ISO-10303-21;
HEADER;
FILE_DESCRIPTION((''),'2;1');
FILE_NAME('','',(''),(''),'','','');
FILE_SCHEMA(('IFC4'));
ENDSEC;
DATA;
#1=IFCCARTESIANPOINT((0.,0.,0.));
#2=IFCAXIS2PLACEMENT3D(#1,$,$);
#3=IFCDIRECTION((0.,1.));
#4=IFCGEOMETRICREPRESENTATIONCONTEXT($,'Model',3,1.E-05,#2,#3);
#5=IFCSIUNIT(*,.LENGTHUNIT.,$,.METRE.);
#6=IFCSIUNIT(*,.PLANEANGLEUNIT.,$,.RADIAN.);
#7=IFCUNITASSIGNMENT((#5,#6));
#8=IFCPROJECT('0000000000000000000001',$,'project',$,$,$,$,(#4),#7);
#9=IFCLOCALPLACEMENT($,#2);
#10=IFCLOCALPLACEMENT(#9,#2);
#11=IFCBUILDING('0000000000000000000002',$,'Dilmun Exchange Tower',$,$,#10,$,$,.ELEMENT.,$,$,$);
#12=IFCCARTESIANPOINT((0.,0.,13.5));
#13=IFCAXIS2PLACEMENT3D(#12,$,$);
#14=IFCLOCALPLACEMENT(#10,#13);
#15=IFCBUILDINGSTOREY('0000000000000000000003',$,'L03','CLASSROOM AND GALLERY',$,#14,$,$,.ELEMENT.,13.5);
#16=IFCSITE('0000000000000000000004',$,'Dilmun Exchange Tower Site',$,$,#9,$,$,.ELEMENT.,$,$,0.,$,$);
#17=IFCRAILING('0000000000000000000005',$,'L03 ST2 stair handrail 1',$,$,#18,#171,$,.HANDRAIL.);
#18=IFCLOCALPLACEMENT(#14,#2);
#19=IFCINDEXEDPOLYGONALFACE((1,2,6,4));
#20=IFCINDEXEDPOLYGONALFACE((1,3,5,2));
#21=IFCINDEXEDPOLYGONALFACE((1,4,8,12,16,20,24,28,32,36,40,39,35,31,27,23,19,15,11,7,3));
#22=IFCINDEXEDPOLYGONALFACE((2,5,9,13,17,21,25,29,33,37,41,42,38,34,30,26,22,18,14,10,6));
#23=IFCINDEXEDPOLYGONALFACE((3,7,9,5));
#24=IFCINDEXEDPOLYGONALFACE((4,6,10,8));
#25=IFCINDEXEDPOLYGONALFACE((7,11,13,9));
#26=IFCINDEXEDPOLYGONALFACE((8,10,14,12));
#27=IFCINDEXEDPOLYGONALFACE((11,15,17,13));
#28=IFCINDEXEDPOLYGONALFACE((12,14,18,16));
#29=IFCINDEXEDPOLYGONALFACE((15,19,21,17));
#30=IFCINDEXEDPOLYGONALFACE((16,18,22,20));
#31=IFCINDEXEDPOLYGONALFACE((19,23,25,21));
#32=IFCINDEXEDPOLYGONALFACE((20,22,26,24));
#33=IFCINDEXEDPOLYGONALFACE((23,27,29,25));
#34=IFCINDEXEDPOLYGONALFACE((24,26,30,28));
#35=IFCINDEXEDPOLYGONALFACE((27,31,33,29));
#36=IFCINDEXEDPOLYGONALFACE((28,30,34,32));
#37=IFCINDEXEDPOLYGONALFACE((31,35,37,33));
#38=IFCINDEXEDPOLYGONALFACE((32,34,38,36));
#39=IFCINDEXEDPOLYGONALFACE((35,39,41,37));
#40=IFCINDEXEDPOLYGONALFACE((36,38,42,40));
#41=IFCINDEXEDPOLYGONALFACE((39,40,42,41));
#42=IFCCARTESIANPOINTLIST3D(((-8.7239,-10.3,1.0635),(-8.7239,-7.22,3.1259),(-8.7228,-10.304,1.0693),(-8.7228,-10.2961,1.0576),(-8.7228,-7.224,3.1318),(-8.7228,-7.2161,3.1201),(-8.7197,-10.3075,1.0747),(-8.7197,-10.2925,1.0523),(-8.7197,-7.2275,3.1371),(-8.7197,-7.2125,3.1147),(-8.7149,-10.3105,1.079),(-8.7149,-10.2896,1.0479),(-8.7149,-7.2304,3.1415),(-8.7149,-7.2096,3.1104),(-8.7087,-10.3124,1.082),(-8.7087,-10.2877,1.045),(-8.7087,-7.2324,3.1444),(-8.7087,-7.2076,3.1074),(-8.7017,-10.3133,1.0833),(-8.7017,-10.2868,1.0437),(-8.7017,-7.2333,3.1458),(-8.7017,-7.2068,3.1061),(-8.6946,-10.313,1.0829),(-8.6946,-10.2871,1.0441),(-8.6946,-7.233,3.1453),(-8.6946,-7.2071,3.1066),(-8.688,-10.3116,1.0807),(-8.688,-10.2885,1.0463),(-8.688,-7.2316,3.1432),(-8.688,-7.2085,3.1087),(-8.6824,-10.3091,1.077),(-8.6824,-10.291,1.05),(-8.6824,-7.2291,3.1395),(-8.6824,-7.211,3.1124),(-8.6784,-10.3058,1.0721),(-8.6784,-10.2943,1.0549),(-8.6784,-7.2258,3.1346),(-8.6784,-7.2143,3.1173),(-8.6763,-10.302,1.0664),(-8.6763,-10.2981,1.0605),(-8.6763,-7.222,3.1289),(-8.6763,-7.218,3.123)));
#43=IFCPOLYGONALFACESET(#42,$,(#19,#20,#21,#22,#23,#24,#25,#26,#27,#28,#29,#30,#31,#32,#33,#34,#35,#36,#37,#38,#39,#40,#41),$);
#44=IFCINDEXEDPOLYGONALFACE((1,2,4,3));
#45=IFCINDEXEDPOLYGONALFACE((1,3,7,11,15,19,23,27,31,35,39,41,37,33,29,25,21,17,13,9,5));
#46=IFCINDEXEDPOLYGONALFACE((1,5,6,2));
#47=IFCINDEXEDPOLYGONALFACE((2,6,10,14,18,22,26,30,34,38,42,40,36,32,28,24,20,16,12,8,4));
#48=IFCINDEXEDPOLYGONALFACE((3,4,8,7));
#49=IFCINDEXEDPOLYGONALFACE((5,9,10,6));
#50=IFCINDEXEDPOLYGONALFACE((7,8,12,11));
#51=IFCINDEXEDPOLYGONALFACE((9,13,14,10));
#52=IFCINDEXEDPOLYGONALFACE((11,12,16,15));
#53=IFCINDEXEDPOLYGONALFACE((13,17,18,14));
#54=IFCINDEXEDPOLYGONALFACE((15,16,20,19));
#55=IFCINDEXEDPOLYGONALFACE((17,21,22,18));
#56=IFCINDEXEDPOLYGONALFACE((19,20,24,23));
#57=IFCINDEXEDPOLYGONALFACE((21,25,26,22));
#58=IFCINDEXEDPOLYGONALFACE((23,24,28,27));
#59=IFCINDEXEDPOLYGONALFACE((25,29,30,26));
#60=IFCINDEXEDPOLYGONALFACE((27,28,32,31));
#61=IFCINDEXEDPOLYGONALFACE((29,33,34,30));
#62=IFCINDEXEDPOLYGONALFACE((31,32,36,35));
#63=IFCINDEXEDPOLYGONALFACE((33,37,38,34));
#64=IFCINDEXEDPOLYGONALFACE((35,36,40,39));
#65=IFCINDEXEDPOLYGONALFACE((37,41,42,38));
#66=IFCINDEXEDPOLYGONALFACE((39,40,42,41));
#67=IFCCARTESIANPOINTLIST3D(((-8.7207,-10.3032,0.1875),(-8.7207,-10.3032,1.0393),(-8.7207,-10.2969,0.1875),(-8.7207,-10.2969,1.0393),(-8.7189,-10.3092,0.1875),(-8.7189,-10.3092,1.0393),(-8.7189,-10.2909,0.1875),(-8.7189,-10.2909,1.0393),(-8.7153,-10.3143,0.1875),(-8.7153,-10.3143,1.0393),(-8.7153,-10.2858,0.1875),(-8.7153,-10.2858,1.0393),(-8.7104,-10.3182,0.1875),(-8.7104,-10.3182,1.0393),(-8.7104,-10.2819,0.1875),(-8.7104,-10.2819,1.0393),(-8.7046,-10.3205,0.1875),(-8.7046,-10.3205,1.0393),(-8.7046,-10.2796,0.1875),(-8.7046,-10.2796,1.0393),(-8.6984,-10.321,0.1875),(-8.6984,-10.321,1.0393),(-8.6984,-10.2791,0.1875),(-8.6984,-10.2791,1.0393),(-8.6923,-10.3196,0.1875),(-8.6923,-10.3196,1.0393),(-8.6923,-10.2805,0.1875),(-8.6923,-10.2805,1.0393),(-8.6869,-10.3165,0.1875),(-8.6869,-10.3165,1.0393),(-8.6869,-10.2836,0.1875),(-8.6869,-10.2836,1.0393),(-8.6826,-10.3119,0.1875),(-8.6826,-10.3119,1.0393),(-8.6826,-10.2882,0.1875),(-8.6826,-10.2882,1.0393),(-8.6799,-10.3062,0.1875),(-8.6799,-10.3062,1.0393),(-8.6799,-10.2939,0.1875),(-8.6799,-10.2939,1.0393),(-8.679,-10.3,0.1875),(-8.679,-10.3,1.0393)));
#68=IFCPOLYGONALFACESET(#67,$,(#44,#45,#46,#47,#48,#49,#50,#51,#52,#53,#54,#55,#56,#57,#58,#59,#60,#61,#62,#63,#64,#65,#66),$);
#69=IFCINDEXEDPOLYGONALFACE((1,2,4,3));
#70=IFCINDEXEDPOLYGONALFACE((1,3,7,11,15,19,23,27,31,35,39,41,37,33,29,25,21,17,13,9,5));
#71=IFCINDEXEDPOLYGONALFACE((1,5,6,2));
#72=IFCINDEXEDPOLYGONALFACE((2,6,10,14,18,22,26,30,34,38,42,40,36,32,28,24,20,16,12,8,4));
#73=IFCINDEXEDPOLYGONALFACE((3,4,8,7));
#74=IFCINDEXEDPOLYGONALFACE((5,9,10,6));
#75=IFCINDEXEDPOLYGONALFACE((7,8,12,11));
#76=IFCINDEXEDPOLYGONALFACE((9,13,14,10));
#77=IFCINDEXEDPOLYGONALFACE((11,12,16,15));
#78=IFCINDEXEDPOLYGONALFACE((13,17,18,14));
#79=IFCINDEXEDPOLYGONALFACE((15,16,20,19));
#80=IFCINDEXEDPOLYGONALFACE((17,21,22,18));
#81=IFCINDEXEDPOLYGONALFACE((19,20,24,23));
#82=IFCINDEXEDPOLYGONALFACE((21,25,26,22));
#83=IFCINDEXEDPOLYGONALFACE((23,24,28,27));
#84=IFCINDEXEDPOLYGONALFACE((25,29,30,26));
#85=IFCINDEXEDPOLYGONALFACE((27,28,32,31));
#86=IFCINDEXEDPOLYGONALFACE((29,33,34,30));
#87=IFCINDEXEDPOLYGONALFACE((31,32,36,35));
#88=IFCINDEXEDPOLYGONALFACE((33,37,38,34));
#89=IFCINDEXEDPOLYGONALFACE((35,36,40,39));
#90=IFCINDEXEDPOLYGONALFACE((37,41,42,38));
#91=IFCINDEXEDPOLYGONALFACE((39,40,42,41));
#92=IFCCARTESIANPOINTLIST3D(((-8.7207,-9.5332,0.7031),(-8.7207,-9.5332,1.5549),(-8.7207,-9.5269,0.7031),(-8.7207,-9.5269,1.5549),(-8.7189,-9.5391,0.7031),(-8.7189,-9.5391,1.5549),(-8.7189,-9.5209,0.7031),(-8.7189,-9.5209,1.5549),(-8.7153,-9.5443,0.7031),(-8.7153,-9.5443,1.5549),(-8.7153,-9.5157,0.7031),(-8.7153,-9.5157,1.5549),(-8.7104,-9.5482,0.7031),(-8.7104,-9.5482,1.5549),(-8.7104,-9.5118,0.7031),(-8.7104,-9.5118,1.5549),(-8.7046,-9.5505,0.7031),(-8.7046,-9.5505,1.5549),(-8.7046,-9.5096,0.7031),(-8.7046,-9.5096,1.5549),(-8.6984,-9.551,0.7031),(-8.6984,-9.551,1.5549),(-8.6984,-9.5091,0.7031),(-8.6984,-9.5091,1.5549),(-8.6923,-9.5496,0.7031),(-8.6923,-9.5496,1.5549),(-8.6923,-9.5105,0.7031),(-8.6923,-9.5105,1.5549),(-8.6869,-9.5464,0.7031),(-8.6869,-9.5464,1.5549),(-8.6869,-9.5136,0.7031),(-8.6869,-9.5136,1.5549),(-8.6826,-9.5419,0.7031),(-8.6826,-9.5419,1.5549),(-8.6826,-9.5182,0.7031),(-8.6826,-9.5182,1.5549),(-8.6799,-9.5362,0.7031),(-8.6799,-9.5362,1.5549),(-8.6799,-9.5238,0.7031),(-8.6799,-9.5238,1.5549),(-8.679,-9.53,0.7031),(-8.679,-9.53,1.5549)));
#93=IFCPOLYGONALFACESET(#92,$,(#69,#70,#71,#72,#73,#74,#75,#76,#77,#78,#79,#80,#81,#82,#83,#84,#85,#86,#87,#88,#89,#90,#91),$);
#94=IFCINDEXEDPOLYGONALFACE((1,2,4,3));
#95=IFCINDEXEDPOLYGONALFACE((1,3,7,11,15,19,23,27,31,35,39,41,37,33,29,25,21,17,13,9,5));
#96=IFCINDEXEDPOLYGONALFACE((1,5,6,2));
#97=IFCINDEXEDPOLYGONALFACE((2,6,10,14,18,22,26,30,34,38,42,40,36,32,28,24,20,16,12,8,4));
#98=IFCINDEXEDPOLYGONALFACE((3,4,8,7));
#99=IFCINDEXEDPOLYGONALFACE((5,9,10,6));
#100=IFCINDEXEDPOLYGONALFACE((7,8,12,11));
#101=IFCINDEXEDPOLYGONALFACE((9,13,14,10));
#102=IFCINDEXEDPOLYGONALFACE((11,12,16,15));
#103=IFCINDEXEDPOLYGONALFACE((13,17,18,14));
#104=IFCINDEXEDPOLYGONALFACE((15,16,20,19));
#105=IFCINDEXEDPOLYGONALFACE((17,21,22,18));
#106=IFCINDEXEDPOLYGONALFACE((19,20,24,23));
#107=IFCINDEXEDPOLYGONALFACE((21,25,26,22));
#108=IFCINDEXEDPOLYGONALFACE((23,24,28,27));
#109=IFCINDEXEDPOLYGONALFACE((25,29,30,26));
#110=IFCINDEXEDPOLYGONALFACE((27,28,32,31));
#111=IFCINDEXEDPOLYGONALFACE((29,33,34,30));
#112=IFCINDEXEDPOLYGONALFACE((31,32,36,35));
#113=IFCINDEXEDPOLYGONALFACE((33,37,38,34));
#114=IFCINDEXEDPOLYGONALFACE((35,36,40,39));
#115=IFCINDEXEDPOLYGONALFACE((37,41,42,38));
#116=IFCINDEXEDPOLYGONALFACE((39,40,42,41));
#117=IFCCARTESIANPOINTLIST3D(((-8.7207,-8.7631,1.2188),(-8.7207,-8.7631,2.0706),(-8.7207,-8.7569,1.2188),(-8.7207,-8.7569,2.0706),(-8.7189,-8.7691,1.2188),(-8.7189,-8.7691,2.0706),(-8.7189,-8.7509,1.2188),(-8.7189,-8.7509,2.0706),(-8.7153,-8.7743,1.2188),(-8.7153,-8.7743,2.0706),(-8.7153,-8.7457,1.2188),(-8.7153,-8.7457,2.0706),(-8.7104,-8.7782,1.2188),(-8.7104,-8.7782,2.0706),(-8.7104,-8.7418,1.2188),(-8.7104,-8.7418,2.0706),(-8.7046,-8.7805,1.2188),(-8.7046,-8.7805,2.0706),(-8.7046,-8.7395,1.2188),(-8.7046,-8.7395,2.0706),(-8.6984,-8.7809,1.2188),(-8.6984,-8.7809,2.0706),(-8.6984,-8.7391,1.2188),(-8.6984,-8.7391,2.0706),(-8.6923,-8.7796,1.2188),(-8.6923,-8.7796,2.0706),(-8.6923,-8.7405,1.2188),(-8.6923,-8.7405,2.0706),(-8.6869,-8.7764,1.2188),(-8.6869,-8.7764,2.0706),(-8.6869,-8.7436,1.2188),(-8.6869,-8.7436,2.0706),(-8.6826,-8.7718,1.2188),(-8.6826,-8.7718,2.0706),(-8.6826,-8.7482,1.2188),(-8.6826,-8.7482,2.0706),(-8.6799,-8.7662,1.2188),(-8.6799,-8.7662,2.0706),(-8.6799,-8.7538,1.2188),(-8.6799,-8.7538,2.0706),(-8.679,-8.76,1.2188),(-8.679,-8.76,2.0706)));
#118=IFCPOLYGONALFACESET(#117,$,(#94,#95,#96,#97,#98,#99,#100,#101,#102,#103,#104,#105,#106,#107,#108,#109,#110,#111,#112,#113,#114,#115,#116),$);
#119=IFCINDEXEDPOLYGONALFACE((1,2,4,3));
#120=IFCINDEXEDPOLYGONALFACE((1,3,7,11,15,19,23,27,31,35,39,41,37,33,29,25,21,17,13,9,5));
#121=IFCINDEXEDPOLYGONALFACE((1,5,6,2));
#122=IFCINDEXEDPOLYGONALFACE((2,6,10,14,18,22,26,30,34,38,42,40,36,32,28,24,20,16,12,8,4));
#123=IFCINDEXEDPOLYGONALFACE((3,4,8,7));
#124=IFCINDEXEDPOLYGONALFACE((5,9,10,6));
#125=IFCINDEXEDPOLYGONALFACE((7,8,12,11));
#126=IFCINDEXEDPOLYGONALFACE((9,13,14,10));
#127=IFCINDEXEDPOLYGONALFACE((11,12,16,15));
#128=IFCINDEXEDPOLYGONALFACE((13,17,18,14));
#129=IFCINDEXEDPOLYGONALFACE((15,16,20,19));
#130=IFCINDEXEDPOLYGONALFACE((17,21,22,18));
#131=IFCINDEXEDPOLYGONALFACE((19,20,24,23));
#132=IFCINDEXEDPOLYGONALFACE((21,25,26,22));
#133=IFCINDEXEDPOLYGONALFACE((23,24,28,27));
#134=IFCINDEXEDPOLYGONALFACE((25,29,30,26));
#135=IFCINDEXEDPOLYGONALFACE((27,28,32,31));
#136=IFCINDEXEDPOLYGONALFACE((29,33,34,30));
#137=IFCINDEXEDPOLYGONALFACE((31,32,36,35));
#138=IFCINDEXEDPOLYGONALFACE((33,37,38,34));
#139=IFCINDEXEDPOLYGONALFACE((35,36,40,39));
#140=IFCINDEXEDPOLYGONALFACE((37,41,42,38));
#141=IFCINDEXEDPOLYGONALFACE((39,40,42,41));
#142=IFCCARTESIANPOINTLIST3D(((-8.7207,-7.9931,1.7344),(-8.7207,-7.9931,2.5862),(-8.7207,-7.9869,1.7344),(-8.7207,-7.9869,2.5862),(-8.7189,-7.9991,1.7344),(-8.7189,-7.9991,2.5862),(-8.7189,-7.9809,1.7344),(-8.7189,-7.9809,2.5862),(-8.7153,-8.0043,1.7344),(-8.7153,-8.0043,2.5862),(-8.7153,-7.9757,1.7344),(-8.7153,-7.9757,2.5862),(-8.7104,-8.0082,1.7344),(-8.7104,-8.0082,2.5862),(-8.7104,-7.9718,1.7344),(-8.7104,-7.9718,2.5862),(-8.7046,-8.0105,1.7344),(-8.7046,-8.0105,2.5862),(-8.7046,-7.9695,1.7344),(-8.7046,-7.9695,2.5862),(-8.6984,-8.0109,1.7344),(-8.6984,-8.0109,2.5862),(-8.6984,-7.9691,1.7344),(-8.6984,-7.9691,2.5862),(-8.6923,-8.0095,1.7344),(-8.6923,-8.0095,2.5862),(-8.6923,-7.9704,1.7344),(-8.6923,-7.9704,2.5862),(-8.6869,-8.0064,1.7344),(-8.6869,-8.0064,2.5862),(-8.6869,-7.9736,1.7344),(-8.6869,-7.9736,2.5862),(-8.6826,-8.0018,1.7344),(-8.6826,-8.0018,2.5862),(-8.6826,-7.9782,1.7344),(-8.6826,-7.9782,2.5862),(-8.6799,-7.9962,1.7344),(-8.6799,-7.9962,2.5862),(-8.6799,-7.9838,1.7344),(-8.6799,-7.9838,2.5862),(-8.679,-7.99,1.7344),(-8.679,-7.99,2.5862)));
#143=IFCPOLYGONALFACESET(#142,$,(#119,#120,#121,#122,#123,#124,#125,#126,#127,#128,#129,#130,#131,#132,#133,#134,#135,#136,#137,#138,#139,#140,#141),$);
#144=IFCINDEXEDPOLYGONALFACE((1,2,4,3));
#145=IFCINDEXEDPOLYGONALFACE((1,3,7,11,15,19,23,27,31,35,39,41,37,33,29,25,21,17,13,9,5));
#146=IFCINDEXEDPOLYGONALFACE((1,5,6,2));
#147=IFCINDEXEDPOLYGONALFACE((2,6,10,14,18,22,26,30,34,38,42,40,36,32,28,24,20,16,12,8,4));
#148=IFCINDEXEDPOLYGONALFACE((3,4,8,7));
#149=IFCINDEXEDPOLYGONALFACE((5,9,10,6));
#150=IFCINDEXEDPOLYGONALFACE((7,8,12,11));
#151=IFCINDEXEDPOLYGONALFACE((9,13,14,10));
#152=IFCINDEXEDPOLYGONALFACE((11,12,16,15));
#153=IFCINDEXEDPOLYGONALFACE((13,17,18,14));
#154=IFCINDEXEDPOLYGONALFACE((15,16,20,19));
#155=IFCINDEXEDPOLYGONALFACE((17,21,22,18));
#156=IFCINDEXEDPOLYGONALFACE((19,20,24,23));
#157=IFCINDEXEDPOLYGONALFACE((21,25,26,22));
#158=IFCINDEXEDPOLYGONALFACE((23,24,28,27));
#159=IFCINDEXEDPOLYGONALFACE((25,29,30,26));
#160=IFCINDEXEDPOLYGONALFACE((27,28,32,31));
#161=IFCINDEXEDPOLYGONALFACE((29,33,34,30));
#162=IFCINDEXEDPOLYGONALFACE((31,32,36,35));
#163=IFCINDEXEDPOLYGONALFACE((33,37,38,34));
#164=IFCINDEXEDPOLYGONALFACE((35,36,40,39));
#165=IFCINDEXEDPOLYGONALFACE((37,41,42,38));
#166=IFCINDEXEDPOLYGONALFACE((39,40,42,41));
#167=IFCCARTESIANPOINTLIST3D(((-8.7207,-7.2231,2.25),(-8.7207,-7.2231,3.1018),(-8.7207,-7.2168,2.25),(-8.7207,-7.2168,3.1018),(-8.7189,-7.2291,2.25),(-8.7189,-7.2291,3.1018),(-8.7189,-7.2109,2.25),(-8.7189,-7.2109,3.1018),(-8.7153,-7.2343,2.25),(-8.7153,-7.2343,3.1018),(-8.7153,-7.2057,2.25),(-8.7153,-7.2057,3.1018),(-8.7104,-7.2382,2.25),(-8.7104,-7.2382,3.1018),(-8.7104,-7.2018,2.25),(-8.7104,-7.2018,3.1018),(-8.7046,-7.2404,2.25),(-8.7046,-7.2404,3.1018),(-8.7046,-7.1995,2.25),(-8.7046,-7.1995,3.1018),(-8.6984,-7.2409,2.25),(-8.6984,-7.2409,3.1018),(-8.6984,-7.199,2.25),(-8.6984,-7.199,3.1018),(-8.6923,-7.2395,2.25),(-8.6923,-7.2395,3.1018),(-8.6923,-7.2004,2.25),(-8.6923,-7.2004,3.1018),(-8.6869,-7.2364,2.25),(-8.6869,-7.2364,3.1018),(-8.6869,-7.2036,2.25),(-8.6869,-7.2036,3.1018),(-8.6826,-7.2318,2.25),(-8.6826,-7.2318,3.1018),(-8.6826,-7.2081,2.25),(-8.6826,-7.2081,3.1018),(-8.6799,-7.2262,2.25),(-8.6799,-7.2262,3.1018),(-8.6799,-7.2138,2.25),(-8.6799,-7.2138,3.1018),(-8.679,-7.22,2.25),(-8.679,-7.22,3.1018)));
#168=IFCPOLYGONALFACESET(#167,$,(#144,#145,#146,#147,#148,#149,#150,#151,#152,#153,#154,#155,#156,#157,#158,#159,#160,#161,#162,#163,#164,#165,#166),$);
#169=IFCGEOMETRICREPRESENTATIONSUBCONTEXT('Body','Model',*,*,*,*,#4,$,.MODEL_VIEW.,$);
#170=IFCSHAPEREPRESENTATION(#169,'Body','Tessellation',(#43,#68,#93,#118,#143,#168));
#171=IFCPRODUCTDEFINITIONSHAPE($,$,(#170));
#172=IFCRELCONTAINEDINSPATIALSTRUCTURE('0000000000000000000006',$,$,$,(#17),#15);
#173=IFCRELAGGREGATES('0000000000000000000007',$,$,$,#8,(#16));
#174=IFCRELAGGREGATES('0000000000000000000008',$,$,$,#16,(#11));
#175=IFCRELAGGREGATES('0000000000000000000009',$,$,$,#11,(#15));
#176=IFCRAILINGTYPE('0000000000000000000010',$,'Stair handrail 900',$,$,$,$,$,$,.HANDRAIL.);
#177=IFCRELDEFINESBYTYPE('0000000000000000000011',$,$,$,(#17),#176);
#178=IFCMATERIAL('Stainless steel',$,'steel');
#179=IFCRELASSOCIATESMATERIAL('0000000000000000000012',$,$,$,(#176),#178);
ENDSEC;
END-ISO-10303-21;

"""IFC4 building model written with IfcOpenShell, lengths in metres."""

from ifc_helpers import new_model, si_unit, direction, frame, origin, origin_2d, place, context, subcontext, project, spatial, circle, extrude, material, type_object, element, save


model = new_model("IFC4")

# Units and contexts
model_context = context("Model", 3, precision=1e-05, world=origin(), true_north=direction((0.0, 1.0)))
body_context = subcontext(model_context, "Body", "Model", "MODEL_VIEW")
ifc_project = project(units=[si_unit("LENGTHUNIT", "METRE"), si_unit("PLANEANGLEUNIT", "RADIAN")], contexts=[model_context])

# Site, building, storey
site_placement = place(None, origin())
site = spatial("IfcSite", under=ifc_project, at=site_placement, Name="Dilmun Exchange Tower Site", CompositionType="ELEMENT", RefElevation=0.0)
building_placement = place(site_placement, origin())
building = spatial("IfcBuilding", under=site, at=building_placement, Name="Dilmun Exchange Tower", CompositionType="ELEMENT")
storey_placement = place(building_placement, frame((0.0, 0.0, 13.5)))
storey = spatial("IfcBuildingStorey", under=building, at=storey_placement, Name="L03", Description="CLASSROOM AND GALLERY", CompositionType="ELEMENT", Elevation=13.5)

# Railing
ifc_material_1 = material(Name="Stainless steel", Category="steel")
railing_type = type_object("IfcRailingType", Name="Stair handrail 900", PredefinedType="HANDRAIL", material=ifc_material_1)
railing_1_placement = place(storey_placement, frame((-8.7, -10.3, 0.1875)))
element("IfcRailing", 1, at=railing_1_placement, inside=storey, type_object=railing_type, Name="L03 ST2 stair handrail 1", PredefinedType="HANDRAIL", context=body_context, shape_type="SweptSolid", body=[
    extrude(circle(Radius=0.0239, at=origin_2d()), frame((0.0, 0.0, 0.876), z_axis=(0.0, 0.830914, 0.556401), x_axis=(-1.0, 0.0, 0.0)), (0.0, 0.0, 1.0), 3.7068),
    extrude(circle(Radius=0.021, at=origin_2d()), origin(), (0.0, 0.0, 1.0), 0.8518),
    extrude(circle(Radius=0.021, at=origin_2d()), frame((0.0, 0.77, 0.5156)), (0.0, 0.0, 1.0), 0.8518),
    extrude(circle(Radius=0.021, at=origin_2d()), frame((0.0, 1.54, 1.0312)), (0.0, 0.0, 1.0), 0.8518),
    extrude(circle(Radius=0.021, at=origin_2d()), frame((0.0, 2.3101, 1.5469)), (0.0, 0.0, 1.0), 0.8518),
    extrude(circle(Radius=0.021, at=origin_2d()), frame((0.0, 3.0801, 2.0625)), (0.0, 0.0, 1.0), 0.8518),
])

save(model, "model.ifc")
